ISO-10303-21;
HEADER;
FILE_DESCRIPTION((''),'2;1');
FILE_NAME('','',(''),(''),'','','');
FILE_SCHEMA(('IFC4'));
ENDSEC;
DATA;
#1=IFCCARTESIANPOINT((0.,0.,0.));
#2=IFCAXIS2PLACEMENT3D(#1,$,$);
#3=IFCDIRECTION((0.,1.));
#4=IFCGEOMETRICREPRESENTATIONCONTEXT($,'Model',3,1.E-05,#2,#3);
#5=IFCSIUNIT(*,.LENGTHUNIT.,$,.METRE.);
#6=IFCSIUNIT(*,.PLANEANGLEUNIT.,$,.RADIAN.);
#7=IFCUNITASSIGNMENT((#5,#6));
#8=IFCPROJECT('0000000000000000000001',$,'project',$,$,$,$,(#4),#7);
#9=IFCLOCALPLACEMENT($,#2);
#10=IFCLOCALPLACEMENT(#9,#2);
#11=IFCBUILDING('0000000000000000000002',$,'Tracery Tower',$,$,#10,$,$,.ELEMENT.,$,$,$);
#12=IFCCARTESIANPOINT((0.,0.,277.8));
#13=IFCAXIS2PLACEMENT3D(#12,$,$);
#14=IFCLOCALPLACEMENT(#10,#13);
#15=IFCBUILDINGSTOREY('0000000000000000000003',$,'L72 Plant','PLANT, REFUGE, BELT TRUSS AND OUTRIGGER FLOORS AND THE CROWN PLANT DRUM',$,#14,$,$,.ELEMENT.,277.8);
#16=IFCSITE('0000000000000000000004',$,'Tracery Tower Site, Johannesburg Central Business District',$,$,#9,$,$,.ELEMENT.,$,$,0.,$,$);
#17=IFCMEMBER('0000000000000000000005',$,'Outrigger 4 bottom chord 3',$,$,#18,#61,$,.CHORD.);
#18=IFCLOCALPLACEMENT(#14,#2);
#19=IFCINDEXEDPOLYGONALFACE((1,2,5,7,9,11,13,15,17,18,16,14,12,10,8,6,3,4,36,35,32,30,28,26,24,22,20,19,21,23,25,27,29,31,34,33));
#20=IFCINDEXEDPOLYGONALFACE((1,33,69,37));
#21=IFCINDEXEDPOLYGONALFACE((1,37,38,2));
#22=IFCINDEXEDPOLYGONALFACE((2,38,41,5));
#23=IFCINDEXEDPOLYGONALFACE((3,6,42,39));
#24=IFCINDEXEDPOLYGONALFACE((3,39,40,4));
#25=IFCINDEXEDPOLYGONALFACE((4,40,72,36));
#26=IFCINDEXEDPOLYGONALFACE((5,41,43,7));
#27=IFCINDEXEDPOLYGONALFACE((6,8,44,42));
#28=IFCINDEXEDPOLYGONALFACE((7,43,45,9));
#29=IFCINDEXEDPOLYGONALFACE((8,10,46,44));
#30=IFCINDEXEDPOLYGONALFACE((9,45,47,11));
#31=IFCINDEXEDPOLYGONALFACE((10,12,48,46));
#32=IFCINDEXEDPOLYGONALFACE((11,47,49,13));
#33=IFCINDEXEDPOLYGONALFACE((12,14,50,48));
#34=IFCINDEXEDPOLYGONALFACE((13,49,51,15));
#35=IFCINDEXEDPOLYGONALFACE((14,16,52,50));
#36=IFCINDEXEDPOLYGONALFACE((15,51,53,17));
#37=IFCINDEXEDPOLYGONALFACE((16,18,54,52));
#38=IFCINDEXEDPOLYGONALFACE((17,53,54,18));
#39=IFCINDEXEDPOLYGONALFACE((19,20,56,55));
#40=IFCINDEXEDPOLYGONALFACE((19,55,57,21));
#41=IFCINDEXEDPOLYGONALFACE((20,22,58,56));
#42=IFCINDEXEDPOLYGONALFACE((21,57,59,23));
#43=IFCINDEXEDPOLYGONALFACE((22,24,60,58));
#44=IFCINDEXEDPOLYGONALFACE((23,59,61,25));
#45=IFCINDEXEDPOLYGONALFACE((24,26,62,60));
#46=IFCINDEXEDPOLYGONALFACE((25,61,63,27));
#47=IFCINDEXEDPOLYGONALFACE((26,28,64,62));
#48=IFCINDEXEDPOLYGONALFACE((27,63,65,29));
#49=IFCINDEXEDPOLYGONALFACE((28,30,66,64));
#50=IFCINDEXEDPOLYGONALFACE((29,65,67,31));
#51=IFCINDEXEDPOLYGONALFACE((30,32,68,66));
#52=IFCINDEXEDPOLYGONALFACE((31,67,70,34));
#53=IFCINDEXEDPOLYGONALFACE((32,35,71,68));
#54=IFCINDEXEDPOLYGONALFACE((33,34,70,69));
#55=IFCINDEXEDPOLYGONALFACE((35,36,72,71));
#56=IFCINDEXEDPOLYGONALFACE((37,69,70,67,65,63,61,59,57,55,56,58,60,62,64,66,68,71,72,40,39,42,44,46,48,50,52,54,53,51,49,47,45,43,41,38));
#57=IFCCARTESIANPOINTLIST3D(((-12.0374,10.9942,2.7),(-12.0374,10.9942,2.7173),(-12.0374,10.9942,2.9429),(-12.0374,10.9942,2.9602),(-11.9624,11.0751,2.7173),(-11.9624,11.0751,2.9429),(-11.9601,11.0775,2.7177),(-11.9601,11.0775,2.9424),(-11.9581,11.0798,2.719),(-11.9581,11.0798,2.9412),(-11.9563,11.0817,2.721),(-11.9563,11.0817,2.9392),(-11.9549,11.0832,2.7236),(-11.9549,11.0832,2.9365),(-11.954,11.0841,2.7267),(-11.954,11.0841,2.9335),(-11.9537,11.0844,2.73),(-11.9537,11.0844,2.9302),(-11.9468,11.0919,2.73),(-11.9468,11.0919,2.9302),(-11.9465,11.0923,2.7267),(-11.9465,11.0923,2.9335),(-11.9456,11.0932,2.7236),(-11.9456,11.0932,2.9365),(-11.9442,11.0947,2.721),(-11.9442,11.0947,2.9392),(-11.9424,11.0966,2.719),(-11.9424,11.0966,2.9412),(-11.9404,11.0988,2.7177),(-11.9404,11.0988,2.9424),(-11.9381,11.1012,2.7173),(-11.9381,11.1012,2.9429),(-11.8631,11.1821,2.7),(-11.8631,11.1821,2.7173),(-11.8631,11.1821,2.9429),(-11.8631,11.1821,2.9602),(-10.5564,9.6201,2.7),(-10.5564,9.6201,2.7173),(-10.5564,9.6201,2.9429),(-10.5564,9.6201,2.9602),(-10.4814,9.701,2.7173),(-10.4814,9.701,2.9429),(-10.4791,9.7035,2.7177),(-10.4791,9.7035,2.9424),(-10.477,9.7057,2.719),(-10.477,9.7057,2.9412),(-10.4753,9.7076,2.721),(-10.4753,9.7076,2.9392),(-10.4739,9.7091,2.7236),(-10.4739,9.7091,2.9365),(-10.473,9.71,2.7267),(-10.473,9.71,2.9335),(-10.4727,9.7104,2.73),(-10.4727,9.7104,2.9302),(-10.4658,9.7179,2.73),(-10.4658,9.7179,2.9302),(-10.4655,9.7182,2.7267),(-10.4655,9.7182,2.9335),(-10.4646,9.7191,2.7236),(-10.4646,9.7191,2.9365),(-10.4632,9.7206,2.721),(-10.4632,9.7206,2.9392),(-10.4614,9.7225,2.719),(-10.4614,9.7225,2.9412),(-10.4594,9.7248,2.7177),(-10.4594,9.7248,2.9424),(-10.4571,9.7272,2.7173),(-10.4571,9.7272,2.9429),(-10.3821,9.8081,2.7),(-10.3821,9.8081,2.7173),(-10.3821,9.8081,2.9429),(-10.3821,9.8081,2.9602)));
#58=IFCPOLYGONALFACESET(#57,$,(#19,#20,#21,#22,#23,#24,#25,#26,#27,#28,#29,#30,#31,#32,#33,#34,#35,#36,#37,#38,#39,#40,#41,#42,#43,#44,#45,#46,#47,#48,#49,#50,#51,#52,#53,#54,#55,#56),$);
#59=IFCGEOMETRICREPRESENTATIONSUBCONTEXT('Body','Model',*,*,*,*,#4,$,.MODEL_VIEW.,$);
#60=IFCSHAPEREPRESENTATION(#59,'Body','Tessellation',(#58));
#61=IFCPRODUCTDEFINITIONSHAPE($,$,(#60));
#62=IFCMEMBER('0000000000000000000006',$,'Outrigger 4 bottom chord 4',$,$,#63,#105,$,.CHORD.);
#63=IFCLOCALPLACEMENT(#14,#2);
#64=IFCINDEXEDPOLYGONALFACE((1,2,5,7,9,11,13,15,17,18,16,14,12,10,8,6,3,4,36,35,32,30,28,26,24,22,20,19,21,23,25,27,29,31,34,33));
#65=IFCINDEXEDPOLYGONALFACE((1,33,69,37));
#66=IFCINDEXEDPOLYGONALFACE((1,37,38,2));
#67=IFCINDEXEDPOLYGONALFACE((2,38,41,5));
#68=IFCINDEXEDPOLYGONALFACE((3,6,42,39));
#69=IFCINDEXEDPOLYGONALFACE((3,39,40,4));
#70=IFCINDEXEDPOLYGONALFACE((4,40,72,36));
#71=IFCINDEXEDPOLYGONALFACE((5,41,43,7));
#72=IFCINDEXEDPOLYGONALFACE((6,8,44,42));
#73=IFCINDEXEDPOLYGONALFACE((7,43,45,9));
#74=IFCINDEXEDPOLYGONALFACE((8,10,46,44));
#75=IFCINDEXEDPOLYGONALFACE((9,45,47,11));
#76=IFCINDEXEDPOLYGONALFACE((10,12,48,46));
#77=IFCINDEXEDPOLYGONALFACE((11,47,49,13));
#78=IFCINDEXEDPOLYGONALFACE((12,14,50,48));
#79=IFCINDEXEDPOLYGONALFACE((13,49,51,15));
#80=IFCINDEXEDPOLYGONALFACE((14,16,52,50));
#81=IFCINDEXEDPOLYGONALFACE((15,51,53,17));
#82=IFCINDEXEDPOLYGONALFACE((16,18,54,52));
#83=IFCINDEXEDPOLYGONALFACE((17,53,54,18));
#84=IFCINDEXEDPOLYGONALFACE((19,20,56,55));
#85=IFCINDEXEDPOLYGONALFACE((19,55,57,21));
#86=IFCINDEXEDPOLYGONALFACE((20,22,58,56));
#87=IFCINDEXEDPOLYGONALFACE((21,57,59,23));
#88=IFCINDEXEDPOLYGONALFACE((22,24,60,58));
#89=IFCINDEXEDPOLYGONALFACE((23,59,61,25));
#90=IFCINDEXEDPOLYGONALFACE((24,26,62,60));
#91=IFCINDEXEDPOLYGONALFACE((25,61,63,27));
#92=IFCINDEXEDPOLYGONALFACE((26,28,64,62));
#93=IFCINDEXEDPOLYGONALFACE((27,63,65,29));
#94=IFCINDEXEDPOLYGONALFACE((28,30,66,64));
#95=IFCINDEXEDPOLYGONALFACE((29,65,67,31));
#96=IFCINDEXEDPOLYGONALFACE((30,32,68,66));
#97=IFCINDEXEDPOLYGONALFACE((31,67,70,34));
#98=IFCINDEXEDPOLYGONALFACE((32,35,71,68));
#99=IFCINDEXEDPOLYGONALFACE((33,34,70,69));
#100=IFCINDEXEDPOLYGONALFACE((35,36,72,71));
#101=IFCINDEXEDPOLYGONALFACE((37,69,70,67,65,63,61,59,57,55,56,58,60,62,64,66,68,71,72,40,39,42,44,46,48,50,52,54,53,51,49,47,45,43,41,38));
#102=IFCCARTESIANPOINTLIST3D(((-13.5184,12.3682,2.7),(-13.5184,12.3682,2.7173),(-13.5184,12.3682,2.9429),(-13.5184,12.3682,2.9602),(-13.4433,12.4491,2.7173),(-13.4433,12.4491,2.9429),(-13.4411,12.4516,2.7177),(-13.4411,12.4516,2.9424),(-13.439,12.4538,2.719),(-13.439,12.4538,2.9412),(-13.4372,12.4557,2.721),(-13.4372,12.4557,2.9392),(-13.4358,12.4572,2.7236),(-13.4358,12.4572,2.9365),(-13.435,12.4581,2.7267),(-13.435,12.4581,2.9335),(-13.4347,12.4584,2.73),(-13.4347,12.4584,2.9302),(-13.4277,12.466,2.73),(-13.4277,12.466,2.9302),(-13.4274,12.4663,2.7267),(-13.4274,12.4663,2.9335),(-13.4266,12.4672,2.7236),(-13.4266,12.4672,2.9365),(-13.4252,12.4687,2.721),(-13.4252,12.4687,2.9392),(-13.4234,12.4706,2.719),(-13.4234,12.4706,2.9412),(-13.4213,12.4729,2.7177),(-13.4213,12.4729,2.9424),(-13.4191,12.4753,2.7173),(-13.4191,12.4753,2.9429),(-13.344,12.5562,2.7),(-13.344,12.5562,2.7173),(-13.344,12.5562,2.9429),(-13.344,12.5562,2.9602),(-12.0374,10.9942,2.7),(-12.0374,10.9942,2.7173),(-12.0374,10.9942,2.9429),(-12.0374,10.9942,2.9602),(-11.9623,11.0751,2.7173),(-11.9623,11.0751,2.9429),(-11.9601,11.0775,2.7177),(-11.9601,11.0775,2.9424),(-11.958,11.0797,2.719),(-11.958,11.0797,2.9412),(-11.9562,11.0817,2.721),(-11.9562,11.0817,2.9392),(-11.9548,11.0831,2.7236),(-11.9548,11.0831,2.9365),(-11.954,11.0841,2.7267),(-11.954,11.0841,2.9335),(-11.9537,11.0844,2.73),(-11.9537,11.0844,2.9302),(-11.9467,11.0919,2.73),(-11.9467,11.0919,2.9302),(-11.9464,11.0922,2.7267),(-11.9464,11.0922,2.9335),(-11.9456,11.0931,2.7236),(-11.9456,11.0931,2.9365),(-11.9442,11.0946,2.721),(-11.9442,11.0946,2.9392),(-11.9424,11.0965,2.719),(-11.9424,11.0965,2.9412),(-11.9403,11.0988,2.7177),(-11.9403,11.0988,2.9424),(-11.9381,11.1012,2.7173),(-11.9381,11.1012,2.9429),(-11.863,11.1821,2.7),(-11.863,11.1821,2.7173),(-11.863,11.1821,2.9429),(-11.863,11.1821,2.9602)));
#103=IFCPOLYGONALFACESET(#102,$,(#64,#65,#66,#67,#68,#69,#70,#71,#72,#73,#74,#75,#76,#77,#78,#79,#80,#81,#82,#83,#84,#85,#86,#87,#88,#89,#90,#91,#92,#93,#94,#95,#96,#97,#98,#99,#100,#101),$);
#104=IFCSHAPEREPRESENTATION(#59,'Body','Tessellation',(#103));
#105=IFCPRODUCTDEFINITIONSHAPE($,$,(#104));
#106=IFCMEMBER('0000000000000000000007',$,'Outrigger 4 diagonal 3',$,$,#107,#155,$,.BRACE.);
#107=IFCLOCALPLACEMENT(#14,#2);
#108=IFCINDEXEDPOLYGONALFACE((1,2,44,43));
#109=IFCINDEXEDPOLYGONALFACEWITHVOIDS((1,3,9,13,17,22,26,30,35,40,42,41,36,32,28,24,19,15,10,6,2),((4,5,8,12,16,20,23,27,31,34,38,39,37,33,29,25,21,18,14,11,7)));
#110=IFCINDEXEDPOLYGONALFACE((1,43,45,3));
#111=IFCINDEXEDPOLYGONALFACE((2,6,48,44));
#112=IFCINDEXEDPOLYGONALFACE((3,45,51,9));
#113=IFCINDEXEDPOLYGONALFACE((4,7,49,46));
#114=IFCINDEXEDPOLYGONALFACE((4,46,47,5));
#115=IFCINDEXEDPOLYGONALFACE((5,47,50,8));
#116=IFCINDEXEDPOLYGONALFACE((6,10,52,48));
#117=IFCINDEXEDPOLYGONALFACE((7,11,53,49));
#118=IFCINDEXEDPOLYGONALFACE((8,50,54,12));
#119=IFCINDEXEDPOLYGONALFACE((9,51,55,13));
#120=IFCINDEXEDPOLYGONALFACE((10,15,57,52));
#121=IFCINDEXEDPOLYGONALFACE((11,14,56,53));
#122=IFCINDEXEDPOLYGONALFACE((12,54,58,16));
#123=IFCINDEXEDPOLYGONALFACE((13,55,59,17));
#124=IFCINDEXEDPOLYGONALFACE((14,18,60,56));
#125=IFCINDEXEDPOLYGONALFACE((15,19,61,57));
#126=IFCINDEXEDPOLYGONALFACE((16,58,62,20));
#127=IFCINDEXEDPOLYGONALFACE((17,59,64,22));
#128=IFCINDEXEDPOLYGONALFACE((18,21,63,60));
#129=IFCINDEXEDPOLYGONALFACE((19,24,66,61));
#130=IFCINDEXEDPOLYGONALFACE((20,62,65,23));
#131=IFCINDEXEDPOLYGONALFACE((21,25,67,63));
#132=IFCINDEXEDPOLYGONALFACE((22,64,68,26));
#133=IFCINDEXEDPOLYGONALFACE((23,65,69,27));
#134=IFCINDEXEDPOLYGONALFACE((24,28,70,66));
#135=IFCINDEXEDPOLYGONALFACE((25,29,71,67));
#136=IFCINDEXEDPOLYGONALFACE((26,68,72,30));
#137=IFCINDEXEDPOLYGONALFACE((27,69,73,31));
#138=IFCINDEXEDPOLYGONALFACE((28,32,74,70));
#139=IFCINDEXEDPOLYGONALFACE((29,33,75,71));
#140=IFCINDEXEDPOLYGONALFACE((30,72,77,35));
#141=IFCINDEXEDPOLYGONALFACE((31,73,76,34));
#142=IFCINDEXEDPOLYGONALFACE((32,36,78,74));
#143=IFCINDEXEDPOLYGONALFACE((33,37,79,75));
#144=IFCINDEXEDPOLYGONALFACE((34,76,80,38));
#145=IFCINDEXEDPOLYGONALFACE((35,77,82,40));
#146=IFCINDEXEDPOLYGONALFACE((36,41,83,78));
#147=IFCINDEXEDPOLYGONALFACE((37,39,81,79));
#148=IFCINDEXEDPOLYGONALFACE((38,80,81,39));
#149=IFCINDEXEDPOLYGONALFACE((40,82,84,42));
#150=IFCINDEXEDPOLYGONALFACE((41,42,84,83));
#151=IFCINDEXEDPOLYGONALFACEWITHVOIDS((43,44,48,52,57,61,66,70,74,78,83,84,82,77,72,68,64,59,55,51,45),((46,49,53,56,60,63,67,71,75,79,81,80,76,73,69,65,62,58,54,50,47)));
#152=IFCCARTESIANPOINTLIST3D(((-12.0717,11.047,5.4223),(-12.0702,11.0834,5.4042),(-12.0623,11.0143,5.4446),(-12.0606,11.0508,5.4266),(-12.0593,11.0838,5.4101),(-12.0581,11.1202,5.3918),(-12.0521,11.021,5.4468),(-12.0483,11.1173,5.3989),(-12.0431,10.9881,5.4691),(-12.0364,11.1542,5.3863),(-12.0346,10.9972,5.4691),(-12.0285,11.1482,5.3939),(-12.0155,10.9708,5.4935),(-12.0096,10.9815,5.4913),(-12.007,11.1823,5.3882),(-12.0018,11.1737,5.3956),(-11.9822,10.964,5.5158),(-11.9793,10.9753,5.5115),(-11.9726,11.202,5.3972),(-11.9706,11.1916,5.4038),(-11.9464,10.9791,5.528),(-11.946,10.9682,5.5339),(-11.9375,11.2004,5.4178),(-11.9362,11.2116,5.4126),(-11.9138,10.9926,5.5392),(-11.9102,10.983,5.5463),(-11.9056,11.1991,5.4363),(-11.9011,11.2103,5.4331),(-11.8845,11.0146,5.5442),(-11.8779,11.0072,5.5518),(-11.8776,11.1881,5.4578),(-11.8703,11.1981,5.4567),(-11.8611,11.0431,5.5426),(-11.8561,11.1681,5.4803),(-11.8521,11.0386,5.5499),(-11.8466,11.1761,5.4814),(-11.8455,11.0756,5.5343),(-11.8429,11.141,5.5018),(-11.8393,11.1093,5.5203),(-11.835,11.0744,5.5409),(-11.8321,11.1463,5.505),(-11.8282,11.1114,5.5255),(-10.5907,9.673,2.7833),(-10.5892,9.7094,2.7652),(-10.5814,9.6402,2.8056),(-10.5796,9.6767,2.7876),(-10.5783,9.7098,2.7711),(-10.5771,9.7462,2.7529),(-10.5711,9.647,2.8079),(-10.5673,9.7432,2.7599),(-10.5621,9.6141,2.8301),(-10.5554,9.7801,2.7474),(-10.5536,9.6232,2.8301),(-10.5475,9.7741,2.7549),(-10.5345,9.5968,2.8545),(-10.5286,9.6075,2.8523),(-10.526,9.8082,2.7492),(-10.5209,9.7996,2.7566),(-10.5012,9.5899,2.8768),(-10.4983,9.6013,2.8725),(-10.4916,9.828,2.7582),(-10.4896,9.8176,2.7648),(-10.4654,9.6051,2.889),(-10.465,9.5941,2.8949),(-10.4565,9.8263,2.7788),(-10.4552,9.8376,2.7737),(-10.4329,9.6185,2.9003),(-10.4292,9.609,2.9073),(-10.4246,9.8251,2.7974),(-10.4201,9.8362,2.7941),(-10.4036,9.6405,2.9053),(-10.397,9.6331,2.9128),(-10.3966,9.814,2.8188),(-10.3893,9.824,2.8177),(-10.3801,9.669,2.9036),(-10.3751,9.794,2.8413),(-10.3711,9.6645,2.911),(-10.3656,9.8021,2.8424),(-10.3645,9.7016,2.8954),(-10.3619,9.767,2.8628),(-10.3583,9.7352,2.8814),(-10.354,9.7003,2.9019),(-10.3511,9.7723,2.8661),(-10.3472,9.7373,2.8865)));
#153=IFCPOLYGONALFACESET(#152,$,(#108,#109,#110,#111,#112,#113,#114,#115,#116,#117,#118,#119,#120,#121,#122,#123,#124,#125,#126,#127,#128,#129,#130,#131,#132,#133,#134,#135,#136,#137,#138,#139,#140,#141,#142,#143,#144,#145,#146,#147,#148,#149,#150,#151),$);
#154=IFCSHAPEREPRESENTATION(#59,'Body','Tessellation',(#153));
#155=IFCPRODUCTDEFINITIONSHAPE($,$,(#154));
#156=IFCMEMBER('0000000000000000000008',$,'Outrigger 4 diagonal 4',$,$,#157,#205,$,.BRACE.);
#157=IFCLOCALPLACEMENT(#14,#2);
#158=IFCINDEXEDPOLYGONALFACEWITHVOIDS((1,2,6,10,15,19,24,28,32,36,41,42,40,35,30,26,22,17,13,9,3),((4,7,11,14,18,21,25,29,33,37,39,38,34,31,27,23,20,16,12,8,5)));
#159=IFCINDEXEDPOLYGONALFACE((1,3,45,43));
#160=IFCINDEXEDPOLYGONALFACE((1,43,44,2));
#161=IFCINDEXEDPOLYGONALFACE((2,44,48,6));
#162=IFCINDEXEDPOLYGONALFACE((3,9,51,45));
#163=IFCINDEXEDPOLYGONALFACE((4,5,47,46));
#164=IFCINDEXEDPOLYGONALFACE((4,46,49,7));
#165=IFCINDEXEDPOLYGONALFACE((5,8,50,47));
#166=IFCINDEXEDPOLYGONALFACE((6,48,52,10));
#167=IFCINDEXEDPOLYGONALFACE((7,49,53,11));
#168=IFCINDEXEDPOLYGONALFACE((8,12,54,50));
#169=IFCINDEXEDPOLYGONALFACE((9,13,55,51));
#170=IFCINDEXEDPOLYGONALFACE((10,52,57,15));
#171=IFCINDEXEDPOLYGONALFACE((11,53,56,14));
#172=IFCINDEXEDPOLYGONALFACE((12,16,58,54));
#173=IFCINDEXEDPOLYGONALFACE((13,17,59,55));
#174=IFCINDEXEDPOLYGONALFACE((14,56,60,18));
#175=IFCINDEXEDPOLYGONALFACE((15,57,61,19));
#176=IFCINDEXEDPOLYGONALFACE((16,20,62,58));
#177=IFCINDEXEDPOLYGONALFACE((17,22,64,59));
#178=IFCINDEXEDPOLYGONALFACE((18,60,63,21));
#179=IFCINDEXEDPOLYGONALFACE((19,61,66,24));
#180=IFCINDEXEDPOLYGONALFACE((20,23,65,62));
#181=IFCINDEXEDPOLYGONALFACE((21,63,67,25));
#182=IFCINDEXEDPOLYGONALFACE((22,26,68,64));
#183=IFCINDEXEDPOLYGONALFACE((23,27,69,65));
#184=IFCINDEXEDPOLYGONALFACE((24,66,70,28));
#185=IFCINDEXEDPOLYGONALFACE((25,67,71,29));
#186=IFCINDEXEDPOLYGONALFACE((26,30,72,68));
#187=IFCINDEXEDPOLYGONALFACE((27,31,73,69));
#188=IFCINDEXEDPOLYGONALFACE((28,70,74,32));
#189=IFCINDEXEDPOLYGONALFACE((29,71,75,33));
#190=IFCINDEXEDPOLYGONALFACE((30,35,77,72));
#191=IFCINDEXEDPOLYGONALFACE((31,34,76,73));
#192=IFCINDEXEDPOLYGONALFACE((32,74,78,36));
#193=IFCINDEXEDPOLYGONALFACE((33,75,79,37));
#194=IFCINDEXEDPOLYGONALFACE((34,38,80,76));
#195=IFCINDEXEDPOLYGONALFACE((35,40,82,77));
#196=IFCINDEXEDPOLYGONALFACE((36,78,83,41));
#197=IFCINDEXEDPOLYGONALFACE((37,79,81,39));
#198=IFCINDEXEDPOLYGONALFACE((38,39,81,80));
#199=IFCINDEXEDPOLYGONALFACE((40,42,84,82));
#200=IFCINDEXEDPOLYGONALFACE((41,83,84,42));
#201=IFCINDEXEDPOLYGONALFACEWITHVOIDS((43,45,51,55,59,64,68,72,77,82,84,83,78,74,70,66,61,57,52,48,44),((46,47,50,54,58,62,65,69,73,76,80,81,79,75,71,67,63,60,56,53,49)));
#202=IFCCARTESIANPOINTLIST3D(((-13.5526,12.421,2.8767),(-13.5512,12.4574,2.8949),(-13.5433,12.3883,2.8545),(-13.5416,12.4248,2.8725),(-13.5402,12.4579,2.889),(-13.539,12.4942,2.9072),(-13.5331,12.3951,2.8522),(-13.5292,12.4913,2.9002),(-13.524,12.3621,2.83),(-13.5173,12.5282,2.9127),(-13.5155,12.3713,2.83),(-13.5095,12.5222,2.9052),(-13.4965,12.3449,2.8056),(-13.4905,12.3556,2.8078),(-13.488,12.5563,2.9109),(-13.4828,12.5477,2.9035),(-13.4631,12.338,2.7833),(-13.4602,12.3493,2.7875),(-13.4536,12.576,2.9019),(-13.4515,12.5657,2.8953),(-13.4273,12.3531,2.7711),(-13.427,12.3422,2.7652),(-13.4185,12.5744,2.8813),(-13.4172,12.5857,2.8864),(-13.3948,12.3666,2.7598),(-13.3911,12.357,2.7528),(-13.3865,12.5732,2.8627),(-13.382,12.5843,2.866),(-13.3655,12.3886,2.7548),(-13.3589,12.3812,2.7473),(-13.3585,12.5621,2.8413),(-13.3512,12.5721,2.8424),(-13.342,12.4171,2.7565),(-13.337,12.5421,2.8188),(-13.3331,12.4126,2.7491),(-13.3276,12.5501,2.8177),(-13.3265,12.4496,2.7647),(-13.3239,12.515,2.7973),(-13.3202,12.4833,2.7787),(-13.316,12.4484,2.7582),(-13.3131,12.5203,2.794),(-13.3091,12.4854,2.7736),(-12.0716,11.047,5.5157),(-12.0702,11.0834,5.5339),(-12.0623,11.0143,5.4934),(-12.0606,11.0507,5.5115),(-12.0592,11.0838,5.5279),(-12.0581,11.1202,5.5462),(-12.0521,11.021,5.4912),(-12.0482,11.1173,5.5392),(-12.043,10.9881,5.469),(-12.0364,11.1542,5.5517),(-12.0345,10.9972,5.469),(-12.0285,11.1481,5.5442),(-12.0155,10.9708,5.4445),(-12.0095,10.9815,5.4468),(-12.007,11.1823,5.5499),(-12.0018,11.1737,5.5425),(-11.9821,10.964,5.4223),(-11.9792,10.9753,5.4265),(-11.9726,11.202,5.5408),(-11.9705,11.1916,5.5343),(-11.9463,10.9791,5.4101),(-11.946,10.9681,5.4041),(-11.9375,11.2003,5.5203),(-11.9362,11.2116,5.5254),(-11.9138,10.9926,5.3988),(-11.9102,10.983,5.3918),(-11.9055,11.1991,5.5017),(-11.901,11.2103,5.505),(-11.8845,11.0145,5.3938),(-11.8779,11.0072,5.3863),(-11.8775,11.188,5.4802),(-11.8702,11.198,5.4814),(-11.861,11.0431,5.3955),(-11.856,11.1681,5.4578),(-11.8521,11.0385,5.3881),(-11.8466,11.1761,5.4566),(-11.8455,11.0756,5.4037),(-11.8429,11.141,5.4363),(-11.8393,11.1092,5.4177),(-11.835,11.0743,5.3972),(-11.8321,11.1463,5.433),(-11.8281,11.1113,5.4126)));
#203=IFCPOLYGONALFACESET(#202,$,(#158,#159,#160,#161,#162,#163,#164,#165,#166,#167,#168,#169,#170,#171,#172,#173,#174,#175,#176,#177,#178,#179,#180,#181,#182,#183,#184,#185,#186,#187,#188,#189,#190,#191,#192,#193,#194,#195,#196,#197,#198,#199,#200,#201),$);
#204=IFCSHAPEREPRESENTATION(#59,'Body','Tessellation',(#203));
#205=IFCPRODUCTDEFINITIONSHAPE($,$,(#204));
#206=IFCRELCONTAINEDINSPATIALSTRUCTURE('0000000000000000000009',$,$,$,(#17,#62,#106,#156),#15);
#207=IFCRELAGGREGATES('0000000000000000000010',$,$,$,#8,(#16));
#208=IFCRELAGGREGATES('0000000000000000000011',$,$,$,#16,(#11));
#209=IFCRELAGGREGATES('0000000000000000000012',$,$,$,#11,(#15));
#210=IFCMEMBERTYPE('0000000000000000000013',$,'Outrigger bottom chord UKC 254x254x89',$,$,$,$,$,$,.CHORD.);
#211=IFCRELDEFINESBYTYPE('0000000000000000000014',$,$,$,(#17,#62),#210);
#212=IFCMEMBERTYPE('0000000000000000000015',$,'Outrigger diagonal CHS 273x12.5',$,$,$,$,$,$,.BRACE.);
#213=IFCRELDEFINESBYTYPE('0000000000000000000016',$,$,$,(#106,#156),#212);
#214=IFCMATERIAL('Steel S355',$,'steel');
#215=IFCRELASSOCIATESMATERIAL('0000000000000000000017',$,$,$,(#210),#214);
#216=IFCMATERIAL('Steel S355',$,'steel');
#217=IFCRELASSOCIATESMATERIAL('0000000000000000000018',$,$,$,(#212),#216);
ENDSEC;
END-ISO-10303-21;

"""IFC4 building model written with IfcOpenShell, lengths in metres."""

from ifc_helpers import new_model, si_unit, direction, frame, origin, origin_2d, place, context, subcontext, project, spatial, hollow_circle, i_section, extrude, material, material_profile, profile_set, type_object, element, save


model = new_model("IFC4")

# Units and contexts
model_context = context("Model", 3, precision=1e-05, world=origin(), true_north=direction((0.0, 1.0)))
body_context = subcontext(model_context, "Body", "Model", "MODEL_VIEW")
ifc_project = project(units=[si_unit("LENGTHUNIT", "METRE"), si_unit("PLANEANGLEUNIT", "RADIAN")], contexts=[model_context])

# Site, building, storey
site_placement = place(None, origin())
site = spatial("IfcSite", under=ifc_project, at=site_placement, Name="Tracery Tower Site, Johannesburg Central Business District", CompositionType="ELEMENT", RefElevation=0.0)
building_placement = place(site_placement, origin())
building = spatial("IfcBuilding", under=site, at=building_placement, Name="Tracery Tower", CompositionType="ELEMENT")
storey_placement = place(building_placement, frame((0.0, 0.0, 277.8)))
storey = spatial("IfcBuildingStorey", under=building, at=storey_placement, Name="L72 Plant", Description="PLANT, REFUGE, BELT TRUSS AND OUTRIGGER FLOORS AND THE CROWN PLANT DRUM", CompositionType="ELEMENT", Elevation=277.8)

# Members
ifc_material_1 = material(Name="Steel S355", Category="steel")
ifc_material_profile_1 = material_profile(ifc_material_1, i_section(OverallWidth=0.2563, OverallDepth=0.2603, WebThickness=0.0103, FlangeThickness=0.0173, FilletRadius=0.0127, at=origin_2d()), Name="UKC 254x254x89")
ifc_profile_set_1 = profile_set([ifc_material_profile_1], Name="Steel S355")
member_type_1 = type_object("IfcMemberType", Name="Outrigger bottom chord UKC 254x254x89", PredefinedType="CHORD", material=ifc_profile_set_1)
for number, where, z_axis, x_axis, name in (
    (1, (-10.4692, 9.7141, 2.8301), (-0.733078, 0.680145, 0.0), (-0.680145, -0.733078, 0.0), "Outrigger 4 bottom chord 3"),
    (2, (-11.9502, 11.0881, 2.8301), (-0.733078, 0.680145, 0.0), (-0.680145, -0.733078, 0.0), "Outrigger 4 bottom chord 4"),
):
    element("IfcMember", number, at=place(storey_placement, frame(where, z_axis=z_axis, x_axis=x_axis)), inside=storey, type_object=member_type_1, Name=name, PredefinedType="CHORD", context=body_context, shape_type="SweptSolid", body=[
        extrude(i_section(OverallWidth=0.2563, OverallDepth=0.2603, WebThickness=0.0103, FlangeThickness=0.0173, FilletRadius=0.0127, at=origin_2d()), origin(), (0.0, 0.0, 1.0), 2.0203),
    ])
ifc_material_2 = material(Name="Steel S355", Category="steel")
ifc_material_profile_2 = material_profile(ifc_material_2, hollow_circle(Radius=0.1365, WallThickness=0.0125, at=origin_2d()), Name="CHS 273x12.5")
ifc_profile_set_2 = profile_set([ifc_material_profile_2], Name="Steel S355")
member_type_2 = type_object("IfcMemberType", Name="Outrigger diagonal CHS 273x12.5", PredefinedType="BRACE", material=ifc_profile_set_2)
for number, where, z_axis, x_axis, name in (
    (3, (-10.4692, 9.7141, 2.8301), (-0.445614, 0.413438, 0.794039), (-0.680145, -0.733078, 0.0), "Outrigger 4 diagonal 3"),
    (4, (-11.9502, 11.0881, 5.469), (-0.445614, 0.413438, -0.794039), (-0.680145, -0.733078, 0.0), "Outrigger 4 diagonal 4"),
):
    element("IfcMember", number, at=place(storey_placement, frame(where, z_axis=z_axis, x_axis=x_axis)), inside=storey, type_object=member_type_2, Name=name, PredefinedType="BRACE", context=body_context, shape_type="SweptSolid", body=[
        extrude(hollow_circle(Radius=0.1365, WallThickness=0.0125, at=origin_2d()), origin(), (0.0, 0.0, 1.0), 3.3235),
    ])

save(model, "model.ifc")
